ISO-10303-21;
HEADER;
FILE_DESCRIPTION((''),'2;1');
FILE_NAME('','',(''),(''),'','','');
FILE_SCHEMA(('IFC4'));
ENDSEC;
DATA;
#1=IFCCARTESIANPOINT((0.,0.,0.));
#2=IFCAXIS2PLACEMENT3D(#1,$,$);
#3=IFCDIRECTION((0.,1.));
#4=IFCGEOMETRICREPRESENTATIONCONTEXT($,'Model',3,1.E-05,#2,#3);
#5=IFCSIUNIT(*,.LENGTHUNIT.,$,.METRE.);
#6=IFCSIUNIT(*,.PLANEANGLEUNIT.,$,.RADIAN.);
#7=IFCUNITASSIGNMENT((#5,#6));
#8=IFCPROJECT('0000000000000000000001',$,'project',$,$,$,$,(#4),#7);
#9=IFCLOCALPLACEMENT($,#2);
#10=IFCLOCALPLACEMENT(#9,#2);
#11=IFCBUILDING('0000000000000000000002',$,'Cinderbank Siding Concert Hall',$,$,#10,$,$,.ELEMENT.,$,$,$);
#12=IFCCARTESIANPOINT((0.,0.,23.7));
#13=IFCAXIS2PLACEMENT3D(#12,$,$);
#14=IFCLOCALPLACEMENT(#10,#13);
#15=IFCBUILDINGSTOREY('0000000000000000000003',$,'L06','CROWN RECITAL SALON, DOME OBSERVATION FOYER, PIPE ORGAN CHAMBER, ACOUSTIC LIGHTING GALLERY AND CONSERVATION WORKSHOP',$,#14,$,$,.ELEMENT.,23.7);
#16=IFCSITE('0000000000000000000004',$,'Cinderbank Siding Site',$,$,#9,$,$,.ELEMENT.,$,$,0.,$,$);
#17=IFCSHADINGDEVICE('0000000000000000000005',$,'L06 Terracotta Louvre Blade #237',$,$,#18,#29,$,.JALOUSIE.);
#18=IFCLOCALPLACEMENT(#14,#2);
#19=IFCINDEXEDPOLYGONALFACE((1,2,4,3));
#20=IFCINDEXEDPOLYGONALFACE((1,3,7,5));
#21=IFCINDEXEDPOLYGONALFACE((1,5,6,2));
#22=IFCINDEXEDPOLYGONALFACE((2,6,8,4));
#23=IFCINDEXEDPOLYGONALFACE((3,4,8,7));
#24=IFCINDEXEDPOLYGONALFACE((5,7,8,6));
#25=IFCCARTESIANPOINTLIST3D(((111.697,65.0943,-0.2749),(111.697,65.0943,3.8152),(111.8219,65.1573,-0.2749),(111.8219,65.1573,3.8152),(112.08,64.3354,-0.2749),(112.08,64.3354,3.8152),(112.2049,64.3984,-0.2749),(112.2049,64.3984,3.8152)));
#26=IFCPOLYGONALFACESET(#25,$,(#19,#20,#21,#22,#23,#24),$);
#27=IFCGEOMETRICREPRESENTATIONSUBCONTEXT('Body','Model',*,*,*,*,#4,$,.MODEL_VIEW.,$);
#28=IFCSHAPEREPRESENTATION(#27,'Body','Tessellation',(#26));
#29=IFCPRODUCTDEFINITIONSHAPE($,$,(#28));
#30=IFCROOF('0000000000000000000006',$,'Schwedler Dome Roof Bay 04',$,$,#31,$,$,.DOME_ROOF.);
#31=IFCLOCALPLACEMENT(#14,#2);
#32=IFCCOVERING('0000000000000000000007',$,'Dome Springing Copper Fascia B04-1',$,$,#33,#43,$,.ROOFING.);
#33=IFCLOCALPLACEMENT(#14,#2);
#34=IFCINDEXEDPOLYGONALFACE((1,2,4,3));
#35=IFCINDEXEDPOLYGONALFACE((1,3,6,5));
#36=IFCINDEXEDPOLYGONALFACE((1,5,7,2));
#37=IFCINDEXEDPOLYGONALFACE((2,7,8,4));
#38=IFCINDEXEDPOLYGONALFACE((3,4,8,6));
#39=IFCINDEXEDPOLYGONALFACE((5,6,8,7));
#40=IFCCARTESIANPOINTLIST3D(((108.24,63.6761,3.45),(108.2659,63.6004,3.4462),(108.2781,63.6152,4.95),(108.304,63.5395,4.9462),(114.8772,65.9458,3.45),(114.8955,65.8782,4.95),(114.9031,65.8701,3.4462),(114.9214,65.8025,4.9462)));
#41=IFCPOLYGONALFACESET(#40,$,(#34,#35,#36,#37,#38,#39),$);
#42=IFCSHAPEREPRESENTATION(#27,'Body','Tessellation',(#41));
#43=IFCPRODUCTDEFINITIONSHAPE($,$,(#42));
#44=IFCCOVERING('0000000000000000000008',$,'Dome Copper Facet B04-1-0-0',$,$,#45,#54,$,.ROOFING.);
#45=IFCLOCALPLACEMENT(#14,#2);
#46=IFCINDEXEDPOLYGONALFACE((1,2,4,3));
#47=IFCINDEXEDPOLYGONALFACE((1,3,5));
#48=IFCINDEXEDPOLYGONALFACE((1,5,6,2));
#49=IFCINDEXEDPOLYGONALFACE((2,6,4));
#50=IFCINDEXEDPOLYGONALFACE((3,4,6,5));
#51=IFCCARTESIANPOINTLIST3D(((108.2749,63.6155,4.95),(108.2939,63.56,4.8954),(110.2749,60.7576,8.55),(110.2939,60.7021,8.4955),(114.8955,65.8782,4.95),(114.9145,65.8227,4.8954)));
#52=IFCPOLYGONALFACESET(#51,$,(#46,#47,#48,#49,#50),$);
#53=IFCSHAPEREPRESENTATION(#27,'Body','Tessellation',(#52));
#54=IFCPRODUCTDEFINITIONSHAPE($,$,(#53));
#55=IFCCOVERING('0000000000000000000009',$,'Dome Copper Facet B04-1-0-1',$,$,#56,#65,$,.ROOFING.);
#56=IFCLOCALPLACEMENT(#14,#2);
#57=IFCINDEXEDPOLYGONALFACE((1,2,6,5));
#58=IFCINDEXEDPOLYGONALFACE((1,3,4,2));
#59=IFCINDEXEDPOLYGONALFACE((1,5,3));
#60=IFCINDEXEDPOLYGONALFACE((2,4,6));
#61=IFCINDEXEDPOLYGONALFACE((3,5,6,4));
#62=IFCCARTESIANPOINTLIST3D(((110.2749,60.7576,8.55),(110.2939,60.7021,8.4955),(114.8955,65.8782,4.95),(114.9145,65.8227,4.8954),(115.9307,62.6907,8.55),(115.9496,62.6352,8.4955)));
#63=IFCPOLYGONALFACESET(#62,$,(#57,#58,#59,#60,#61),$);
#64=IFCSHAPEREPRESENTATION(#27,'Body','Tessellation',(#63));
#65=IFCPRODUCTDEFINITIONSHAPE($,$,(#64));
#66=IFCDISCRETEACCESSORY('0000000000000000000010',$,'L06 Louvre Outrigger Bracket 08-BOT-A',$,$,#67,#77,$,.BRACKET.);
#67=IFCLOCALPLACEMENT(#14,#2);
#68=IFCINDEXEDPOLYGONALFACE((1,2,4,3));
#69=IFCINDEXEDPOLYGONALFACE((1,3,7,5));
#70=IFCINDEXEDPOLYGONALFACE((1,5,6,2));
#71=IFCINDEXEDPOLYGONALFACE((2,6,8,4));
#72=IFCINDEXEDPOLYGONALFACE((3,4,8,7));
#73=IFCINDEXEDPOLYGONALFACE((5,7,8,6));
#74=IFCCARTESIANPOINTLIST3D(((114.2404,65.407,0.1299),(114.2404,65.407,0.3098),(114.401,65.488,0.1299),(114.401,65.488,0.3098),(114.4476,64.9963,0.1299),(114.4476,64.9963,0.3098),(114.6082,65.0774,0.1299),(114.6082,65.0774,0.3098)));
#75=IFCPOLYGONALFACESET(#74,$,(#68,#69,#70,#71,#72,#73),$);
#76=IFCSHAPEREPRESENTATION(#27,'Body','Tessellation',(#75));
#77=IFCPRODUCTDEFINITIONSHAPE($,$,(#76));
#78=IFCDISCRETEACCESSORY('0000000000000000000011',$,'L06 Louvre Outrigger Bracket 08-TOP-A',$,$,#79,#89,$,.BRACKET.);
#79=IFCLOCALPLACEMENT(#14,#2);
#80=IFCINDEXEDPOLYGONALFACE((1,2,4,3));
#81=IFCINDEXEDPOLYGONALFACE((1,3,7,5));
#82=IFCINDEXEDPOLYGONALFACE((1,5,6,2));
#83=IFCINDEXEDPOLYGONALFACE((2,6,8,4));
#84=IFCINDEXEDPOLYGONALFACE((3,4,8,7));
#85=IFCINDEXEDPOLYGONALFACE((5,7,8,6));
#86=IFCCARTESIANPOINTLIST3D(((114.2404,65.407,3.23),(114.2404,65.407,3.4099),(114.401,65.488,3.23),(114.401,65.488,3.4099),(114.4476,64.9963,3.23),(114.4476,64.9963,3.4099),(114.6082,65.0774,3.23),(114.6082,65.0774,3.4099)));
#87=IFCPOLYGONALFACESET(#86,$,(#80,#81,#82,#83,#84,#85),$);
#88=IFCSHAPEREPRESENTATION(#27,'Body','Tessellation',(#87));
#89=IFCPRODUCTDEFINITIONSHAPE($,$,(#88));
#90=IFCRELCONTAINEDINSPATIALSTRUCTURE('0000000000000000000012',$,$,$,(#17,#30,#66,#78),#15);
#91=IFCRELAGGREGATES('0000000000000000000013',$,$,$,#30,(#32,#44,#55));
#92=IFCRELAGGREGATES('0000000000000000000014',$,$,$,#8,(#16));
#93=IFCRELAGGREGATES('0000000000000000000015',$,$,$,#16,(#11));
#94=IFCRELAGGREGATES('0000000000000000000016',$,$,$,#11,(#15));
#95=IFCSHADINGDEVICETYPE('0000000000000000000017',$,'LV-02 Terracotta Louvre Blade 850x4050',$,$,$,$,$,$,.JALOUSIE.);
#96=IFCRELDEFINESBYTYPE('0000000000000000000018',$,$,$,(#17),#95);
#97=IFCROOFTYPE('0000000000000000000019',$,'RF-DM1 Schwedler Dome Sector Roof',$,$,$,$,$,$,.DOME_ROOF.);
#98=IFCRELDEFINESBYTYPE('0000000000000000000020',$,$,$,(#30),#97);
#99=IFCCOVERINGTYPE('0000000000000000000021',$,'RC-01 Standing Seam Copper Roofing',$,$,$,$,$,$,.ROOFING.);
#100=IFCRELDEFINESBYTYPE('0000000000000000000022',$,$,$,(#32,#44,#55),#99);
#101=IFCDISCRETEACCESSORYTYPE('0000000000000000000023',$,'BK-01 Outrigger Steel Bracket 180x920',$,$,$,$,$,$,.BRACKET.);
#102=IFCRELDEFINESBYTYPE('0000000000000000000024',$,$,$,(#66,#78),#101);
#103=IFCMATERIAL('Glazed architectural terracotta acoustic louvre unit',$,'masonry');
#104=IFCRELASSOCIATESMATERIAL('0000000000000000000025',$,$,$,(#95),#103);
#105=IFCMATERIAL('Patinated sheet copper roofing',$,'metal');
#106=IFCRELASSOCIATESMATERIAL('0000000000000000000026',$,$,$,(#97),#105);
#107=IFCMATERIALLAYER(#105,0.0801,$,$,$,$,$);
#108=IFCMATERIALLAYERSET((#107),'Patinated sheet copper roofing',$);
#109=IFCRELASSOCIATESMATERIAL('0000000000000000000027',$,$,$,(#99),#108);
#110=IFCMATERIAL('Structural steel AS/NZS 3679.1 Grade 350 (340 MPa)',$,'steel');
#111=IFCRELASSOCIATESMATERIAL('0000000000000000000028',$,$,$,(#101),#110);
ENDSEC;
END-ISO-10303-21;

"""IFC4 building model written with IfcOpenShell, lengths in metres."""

from ifc_helpers import new_model, si_unit, direction, frame, origin, origin_2d, place, context, subcontext, project, spatial, polyline, rectangle, outline, extrude, material, layer, layer_set, type_object, element, aggregate, save


model = new_model("IFC4")

# Units and contexts
model_context = context("Model", 3, precision=1e-05, world=origin(), true_north=direction((0.0, 1.0)))
body_context = subcontext(model_context, "Body", "Model", "MODEL_VIEW")
ifc_project = project(units=[si_unit("LENGTHUNIT", "METRE"), si_unit("PLANEANGLEUNIT", "RADIAN")], contexts=[model_context])

# Site, building, storey
site_placement = place(None, origin())
site = spatial("IfcSite", under=ifc_project, at=site_placement, Name="Cinderbank Siding Site", CompositionType="ELEMENT", RefElevation=0.0)
building_placement = place(site_placement, origin())
building = spatial("IfcBuilding", under=site, at=building_placement, Name="Cinderbank Siding Concert Hall", CompositionType="ELEMENT")
storey_placement = place(building_placement, frame((0.0, 0.0, 23.7)))
storey = spatial("IfcBuildingStorey", under=building, at=storey_placement, Name="L06", Description="CROWN RECITAL SALON, DOME OBSERVATION FOYER, PIPE ORGAN CHAMBER, ACOUSTIC LIGHTING GALLERY AND CONSERVATION WORKSHOP", CompositionType="ELEMENT", Elevation=23.7)

# Shared definitions
ifc_material_1 = material(Name="Structural steel AS/NZS 3679.1 Grade 350 (340 MPa)", Category="steel")

# Shading device
ifc_material_2 = material(Name="Glazed architectural terracotta acoustic louvre unit", Category="masonry")
shading_device_type = type_object("IfcShadingDeviceType", Name="LV-02 Terracotta Louvre Blade 850x4050", PredefinedType="JALOUSIE", material=ifc_material_2)
for number, where, z_axis, x_axis, name in (
    (1, (111.9509, 64.7463, -0.2749), (0.0, 0.0, 1.0), (-0.450487, 0.892783, 0.0), "L06 Terracotta Louvre Blade #237"),
):
    element("IfcShadingDevice", number, at=place(storey_placement, frame(where, z_axis=z_axis, x_axis=x_axis)), inside=storey, type_object=shading_device_type, Name=name, PredefinedType="JALOUSIE", context=body_context, shape_type="SweptSolid", body=[
        extrude(rectangle(XDim=0.8501, YDim=0.1399, at=origin_2d()), origin(), (0.0, 0.0, 1.0), 4.0901),
    ])

# Roof, coverings
ifc_material_3 = material(Name="Patinated sheet copper roofing", Category="metal")
roof_type = type_object("IfcRoofType", Name="RF-DM1 Schwedler Dome Sector Roof", PredefinedType="DOME_ROOF", material=ifc_material_3)
roof_placement = place(storey_placement, origin())
roof = element("IfcRoof", 2, at=roof_placement, inside=storey, type_object=roof_type, Name="Schwedler Dome Roof Bay 04", PredefinedType="DOME_ROOF")
ifc_layer_1 = layer(ifc_material_3, 0.0801)
ifc_layer_set_1 = layer_set([ifc_layer_1], Name="Patinated sheet copper roofing")
covering_type = type_object("IfcCoveringType", Name="RC-01 Standing Seam Copper Roofing", PredefinedType="ROOFING", material=ifc_layer_set_1)
covering_1_placement = place(storey_placement, frame((114.8772, 65.9458, 3.45), z_axis=(-0.323224, 0.945178, 0.046535), x_axis=(-0.946203, -0.323575, 0.0)))
covering_1 = element("IfcCovering", 3, at=covering_1_placement, type_object=covering_type, Name="Dome Springing Copper Fascia B04-1", PredefinedType="ROOFING", context=body_context, shape_type="SweptSolid", body=[
    extrude(outline(polyline([(0.0, 0.0), (7.0146, 0.0), (6.9982, 1.5016), (0.0046, 1.5016), (0.0, 0.0)])), origin(), (0.0, 0.0, -1.0), 0.0801),
])
covering_2_placement = place(storey_placement, frame((114.8955, 65.8782, 4.95), z_axis=(-0.236717, 0.692629, 0.681344), x_axis=(-0.946262, -0.3234, 0.0)))
covering_2 = element("IfcCovering", 4, at=covering_2_placement, type_object=covering_type, Name="Dome Copper Facet B04-1-0-0", PredefinedType="ROOFING", context=body_context, shape_type="SweptSolid", body=[
    extrude(outline(polyline([(0.0, 0.0), (6.9966, 0.0), (6.0283, 4.9184), (0.0, 0.0)])), origin(), (0.0, 0.0, -1.0), 0.0801),
])
covering_3_placement = place(storey_placement, frame((114.8955, 65.8782, 4.95), z_axis=(-0.236739, 0.692638, 0.681328), x_axis=(-0.593894, -0.65816, 0.462726)))
covering_3 = element("IfcCovering", 5, at=covering_3_placement, type_object=covering_type, Name="Dome Copper Facet B04-1-0-1", PredefinedType="ROOFING", context=body_context, shape_type="SweptSolid", body=[
    extrude(outline(polyline([(0.0, 0.0), (7.7802, 0.0), (3.149, 3.7784), (0.0, 0.0)])), origin(), (0.0, 0.0, -1.0), 0.0801),
])
aggregate(roof, [covering_1, covering_2, covering_3])

# Discrete accessories
discrete_accessory_type = type_object("IfcDiscreteAccessoryType", Name="BK-01 Outrigger Steel Bracket 180x920", PredefinedType="BRACKET", material=ifc_material_1)
for number, where, z_axis, x_axis, name in (
    (6, (114.4243, 65.2422, 0.1299), (0.0, 0.0, 1.0), (-0.450487, 0.892783, 0.0), "L06 Louvre Outrigger Bracket 08-BOT-A"),
    (7, (114.4243, 65.2422, 3.23), (0.0, 0.0, 1.0), (-0.450487, 0.892783, 0.0), "L06 Louvre Outrigger Bracket 08-TOP-A"),
):
    element("IfcDiscreteAccessory", number, at=place(storey_placement, frame(where, z_axis=z_axis, x_axis=x_axis)), inside=storey, type_object=discrete_accessory_type, Name=name, PredefinedType="BRACKET", context=body_context, shape_type="SweptSolid", body=[
        extrude(rectangle(XDim=0.46, YDim=0.1799, at=origin_2d()), origin(), (0.0, 0.0, 1.0), 0.1799),
    ])

save(model, "model.ifc")
